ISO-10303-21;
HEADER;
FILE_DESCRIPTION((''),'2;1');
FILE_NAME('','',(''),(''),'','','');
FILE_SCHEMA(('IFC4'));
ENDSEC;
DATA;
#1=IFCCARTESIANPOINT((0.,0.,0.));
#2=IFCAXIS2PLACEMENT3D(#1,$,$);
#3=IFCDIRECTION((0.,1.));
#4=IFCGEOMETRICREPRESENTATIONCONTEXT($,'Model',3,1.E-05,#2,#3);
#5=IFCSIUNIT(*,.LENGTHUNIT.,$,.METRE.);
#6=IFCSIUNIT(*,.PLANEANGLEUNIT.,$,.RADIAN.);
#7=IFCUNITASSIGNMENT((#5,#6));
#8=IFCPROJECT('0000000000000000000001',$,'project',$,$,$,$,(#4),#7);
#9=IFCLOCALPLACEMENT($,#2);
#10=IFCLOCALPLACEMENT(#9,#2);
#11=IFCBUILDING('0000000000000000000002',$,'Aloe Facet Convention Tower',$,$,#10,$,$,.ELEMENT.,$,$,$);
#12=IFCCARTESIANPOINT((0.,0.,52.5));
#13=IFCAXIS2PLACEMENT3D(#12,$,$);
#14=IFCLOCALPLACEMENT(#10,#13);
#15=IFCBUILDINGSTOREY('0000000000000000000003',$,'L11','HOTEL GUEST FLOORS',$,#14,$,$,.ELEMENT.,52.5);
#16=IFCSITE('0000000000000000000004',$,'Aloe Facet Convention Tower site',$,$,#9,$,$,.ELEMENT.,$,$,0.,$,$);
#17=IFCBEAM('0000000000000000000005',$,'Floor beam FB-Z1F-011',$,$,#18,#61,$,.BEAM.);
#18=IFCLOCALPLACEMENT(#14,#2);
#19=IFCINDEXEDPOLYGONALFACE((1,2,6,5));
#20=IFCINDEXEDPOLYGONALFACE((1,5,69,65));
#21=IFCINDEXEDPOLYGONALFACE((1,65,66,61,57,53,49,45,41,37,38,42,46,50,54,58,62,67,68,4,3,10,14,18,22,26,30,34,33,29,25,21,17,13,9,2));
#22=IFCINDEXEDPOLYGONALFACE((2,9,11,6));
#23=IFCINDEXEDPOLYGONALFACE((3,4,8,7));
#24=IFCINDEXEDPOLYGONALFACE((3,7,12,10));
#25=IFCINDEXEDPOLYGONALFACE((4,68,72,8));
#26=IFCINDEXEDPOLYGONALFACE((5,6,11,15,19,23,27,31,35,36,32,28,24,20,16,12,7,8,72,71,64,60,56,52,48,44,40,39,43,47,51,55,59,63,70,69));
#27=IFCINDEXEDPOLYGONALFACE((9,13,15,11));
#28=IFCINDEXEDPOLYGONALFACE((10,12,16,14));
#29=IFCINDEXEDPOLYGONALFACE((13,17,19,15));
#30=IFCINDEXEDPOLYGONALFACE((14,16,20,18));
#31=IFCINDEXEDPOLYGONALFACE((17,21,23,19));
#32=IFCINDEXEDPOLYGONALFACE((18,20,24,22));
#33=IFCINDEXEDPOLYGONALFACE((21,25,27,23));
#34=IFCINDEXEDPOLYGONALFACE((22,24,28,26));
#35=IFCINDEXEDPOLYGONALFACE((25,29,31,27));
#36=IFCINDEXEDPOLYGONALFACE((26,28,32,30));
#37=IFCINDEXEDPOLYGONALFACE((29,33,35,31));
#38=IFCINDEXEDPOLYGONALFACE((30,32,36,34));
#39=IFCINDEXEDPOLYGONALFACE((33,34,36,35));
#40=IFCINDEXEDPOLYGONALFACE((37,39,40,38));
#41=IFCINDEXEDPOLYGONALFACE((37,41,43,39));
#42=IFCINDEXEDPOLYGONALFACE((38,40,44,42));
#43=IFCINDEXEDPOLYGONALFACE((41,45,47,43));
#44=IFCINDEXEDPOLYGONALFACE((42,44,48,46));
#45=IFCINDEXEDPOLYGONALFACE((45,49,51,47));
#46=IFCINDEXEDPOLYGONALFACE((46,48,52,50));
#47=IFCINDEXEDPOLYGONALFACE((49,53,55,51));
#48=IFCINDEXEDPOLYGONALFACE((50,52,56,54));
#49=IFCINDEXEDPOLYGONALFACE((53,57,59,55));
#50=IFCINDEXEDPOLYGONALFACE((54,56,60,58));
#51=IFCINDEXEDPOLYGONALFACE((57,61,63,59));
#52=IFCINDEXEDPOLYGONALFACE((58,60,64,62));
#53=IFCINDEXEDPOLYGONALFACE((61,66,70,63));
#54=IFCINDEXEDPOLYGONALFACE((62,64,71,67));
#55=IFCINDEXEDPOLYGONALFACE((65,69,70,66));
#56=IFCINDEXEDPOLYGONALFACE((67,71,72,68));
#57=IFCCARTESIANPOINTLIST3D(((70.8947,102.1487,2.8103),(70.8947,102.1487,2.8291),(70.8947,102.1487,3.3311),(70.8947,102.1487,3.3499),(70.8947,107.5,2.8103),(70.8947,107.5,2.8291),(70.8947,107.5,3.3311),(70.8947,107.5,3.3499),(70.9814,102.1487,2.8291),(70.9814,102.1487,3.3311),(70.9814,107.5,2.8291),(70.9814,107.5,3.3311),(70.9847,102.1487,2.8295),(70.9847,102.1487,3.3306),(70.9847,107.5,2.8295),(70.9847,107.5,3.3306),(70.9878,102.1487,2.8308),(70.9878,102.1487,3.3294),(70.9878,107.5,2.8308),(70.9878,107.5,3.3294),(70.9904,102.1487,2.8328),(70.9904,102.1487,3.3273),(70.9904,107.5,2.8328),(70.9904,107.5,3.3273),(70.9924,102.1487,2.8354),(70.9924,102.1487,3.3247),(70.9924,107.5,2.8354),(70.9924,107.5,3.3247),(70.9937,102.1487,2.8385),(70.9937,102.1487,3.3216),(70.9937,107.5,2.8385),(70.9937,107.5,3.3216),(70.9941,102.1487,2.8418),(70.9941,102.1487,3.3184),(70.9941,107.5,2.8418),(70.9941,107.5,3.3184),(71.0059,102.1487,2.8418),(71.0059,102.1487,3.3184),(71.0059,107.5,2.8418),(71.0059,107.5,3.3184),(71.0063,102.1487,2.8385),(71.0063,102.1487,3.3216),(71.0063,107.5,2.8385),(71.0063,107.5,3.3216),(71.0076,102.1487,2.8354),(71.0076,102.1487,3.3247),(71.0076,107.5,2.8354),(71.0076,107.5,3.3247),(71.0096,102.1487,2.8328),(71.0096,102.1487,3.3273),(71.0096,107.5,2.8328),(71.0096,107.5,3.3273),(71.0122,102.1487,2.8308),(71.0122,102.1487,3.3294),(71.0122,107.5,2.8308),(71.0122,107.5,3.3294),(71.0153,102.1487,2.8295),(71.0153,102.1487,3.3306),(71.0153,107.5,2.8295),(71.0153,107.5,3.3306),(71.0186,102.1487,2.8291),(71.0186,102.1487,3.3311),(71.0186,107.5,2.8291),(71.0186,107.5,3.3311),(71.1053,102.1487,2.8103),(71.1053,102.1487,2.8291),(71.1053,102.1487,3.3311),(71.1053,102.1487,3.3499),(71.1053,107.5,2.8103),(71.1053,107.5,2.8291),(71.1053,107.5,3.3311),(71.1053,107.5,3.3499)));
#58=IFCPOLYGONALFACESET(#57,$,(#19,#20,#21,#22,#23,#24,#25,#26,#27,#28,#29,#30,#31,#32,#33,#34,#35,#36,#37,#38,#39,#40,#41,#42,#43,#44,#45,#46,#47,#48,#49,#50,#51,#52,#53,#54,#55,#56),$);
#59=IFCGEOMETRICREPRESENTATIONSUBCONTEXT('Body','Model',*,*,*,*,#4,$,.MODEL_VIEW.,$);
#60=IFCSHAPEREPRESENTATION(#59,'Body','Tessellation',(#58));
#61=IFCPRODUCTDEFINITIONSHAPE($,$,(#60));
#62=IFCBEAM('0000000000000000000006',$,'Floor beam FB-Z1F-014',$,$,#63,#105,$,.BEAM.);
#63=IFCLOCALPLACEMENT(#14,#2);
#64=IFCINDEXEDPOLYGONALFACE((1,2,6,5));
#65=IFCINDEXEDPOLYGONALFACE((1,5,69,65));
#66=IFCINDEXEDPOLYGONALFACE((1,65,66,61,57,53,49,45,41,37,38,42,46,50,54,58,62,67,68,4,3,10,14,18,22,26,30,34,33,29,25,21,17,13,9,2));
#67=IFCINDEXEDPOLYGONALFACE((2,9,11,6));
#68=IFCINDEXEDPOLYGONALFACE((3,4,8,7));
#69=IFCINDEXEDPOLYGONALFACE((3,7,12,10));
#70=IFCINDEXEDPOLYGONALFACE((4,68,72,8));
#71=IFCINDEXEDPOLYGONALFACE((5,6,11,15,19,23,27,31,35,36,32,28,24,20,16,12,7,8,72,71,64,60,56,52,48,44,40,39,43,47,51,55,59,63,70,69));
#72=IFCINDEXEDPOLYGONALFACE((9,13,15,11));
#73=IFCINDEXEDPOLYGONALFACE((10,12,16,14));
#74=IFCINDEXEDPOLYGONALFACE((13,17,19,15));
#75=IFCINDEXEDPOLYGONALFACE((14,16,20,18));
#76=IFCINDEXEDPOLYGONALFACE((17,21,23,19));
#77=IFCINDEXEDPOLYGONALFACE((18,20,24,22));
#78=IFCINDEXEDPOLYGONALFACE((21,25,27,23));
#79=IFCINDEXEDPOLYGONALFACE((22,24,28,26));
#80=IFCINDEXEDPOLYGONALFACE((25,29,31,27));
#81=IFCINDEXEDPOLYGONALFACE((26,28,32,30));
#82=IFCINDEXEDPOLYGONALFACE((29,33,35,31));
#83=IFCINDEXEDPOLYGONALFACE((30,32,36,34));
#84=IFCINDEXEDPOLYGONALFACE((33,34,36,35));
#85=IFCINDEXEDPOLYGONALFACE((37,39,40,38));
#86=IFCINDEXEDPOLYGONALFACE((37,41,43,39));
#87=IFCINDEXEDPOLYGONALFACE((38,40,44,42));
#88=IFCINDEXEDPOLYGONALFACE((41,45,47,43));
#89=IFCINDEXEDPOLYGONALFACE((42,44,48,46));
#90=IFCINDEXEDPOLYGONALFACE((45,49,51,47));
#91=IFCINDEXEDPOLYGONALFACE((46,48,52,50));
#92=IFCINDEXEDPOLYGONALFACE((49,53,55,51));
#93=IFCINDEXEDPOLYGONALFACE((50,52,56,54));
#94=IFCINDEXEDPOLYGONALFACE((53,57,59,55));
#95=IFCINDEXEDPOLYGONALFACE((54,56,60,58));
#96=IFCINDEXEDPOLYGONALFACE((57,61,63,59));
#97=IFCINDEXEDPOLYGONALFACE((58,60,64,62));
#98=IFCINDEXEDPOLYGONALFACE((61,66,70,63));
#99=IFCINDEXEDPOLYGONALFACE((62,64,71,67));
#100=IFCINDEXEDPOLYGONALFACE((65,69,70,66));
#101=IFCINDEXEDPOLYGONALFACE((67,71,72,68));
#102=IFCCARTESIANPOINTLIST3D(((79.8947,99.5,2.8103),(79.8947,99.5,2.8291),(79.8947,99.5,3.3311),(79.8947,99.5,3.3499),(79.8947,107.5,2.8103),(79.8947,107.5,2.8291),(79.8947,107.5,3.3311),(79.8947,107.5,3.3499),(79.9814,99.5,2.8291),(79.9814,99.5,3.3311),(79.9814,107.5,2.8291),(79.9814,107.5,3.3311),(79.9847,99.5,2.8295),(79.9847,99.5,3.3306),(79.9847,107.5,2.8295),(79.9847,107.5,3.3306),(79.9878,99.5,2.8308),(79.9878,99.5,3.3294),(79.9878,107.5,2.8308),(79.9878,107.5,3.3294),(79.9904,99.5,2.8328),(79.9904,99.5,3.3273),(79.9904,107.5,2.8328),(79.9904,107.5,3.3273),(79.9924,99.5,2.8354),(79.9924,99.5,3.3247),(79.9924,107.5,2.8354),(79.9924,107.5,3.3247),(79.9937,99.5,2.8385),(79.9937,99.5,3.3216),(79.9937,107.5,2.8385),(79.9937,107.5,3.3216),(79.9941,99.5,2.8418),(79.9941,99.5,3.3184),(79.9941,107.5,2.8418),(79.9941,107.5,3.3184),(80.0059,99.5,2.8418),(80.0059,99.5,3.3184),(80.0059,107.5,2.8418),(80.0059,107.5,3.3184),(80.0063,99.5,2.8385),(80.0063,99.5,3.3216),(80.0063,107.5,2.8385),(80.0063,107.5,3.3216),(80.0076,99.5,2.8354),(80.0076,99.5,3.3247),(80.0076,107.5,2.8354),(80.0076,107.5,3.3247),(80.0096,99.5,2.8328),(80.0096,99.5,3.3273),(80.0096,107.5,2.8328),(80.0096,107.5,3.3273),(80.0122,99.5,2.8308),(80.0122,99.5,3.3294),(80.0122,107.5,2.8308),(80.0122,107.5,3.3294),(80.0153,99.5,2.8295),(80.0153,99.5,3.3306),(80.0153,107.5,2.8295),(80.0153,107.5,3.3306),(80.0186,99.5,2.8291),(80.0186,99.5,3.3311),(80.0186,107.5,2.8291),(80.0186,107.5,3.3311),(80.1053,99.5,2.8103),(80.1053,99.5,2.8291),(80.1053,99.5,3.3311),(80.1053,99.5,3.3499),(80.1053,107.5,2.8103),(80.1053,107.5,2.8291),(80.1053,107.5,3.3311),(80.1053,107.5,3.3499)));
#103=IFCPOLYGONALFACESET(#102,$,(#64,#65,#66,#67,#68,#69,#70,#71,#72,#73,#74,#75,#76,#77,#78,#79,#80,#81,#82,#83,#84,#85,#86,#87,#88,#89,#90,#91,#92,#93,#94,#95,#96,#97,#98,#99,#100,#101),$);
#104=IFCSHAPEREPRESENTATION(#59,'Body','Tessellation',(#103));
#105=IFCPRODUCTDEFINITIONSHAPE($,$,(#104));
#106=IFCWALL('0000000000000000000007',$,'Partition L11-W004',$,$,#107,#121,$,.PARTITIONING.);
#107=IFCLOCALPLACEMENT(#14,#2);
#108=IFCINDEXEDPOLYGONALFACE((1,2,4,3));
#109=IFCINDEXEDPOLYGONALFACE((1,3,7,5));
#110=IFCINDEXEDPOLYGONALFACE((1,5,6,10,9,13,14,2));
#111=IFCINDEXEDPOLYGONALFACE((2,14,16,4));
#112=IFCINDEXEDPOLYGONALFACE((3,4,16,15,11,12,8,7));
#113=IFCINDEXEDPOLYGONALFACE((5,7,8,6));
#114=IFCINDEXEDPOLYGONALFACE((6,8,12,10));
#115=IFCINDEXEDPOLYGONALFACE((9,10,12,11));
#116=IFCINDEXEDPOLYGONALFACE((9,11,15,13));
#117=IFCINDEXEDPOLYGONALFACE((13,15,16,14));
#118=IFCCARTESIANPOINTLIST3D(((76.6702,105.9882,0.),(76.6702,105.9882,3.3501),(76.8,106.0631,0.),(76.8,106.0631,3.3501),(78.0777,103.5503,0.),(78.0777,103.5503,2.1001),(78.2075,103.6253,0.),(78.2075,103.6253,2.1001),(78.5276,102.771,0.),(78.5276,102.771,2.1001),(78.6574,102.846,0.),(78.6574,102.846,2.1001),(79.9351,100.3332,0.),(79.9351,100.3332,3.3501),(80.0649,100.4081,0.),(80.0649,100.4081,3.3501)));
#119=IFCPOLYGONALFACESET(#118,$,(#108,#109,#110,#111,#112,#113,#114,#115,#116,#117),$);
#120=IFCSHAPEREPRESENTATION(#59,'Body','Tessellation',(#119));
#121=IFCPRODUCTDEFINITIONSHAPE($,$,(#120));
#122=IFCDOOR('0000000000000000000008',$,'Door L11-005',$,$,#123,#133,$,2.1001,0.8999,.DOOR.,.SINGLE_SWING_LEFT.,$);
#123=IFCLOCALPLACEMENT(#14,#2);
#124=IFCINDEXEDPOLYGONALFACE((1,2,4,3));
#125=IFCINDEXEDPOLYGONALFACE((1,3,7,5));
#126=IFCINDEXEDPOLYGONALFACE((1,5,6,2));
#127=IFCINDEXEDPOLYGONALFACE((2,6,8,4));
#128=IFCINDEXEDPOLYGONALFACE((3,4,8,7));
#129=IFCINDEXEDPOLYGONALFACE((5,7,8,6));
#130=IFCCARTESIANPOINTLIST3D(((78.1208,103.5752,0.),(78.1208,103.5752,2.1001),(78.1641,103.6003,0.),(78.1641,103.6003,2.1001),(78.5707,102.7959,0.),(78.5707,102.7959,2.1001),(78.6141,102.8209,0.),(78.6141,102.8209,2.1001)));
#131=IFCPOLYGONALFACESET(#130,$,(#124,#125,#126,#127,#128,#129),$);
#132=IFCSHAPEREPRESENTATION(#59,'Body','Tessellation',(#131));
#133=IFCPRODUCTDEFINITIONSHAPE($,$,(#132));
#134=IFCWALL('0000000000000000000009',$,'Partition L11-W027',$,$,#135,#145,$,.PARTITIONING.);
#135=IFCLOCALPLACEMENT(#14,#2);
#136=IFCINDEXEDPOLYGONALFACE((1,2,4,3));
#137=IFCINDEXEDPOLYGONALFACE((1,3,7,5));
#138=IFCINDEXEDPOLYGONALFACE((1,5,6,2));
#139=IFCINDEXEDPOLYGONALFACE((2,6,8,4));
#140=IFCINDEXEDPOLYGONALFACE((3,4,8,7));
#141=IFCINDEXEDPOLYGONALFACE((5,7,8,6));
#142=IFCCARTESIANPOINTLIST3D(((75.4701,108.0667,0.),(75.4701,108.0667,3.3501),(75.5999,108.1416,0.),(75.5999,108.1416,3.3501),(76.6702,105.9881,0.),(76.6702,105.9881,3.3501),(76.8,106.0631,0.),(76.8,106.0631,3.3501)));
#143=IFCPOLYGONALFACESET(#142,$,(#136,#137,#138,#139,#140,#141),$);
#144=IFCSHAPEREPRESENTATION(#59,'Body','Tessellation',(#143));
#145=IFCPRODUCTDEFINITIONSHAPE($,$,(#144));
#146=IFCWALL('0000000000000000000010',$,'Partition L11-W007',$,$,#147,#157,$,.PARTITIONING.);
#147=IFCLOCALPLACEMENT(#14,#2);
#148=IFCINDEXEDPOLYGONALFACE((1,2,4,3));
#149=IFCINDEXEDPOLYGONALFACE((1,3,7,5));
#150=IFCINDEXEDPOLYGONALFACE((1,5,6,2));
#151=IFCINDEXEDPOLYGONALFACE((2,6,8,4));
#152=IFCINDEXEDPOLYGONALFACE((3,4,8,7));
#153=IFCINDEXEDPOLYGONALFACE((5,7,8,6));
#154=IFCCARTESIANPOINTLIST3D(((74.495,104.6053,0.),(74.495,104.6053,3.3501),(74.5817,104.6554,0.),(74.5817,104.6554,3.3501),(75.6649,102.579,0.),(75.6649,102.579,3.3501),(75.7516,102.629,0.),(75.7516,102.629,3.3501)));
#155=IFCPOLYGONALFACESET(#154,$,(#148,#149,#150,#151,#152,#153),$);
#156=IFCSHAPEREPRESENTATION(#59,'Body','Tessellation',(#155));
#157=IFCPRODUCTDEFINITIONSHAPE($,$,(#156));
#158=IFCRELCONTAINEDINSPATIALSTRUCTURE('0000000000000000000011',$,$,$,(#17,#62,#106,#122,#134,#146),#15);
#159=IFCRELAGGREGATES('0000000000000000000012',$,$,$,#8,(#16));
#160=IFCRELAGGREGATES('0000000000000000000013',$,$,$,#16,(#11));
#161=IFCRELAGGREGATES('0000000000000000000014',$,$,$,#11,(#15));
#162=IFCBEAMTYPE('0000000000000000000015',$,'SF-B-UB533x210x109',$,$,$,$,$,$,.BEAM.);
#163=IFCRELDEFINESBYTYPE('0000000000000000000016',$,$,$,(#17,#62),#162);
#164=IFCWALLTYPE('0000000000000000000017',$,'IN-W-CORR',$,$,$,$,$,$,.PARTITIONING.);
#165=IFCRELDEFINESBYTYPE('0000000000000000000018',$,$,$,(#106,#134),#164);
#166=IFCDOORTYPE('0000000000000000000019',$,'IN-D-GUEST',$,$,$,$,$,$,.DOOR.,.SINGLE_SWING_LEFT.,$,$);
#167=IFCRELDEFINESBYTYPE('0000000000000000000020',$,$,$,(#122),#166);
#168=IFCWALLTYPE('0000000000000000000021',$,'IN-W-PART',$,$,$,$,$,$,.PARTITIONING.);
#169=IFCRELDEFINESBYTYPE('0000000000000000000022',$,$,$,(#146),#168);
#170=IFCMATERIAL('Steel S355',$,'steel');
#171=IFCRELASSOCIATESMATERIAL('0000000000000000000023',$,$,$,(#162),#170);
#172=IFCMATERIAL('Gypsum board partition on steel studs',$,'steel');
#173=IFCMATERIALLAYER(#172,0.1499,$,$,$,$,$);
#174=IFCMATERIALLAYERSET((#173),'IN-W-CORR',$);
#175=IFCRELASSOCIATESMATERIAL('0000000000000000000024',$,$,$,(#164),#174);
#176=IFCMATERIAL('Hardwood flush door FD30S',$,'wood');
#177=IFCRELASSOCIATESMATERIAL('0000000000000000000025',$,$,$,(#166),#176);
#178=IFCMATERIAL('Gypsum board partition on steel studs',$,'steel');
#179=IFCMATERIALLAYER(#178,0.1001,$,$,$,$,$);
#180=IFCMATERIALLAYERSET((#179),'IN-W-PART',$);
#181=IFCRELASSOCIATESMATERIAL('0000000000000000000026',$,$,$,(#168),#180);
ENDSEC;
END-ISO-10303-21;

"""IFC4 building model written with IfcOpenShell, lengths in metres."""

from ifc_helpers import new_model, si_unit, direction, frame, frame_2d, origin, origin_2d, place, context, subcontext, project, spatial, rectangle, i_section, extrude, material, layer, layer_set, material_profile, profile_set, type_object, element, fill, save


model = new_model("IFC4")

# Units and contexts
model_context = context("Model", 3, precision=1e-05, world=origin(), true_north=direction((0.0, 1.0)))
body_context = subcontext(model_context, "Body", "Model", "MODEL_VIEW")
ifc_project = project(units=[si_unit("LENGTHUNIT", "METRE"), si_unit("PLANEANGLEUNIT", "RADIAN")], contexts=[model_context])

# Site, building, storey
site_placement = place(None, origin())
site = spatial("IfcSite", under=ifc_project, at=site_placement, Name="Aloe Facet Convention Tower site", CompositionType="ELEMENT", RefElevation=0.0)
building_placement = place(site_placement, origin())
building = spatial("IfcBuilding", under=site, at=building_placement, Name="Aloe Facet Convention Tower", CompositionType="ELEMENT")
storey_placement = place(building_placement, frame((0.0, 0.0, 52.5)))
storey = spatial("IfcBuildingStorey", under=building, at=storey_placement, Name="L11", Description="HOTEL GUEST FLOORS", CompositionType="ELEMENT", Elevation=52.5)

# Beams
ifc_material_1 = material(Name="Steel S355", Category="steel")
ifc_material_profile_1 = material_profile(ifc_material_1, i_section(OverallWidth=0.2107, OverallDepth=0.5396, WebThickness=0.0117, FlangeThickness=0.0188, FilletRadius=0.0127, at=origin_2d()), Name="UB 533x210x109")
ifc_profile_set_1 = profile_set([ifc_material_profile_1], Name="Steel S355")
beam_type_1 = type_object("IfcBeamType", Name="SF-B-UB533x210x109", PredefinedType="BEAM", material=ifc_profile_set_1)
beam_1_placement = place(storey_placement, frame((71.0, 107.5, 3.0801), z_axis=(0.0, -1.0, 0.0), x_axis=(1.0, 0.0, 0.0)))
element("IfcBeam", 1, at=beam_1_placement, inside=storey, type_object=beam_type_1, Name="Floor beam FB-Z1F-011", PredefinedType="BEAM", context=body_context, shape_type="SweptSolid", body=[
    extrude(i_section(OverallWidth=0.2107, OverallDepth=0.5396, WebThickness=0.0117, FlangeThickness=0.0188, FilletRadius=0.0127, at=origin_2d()), origin(), (0.0, 0.0, 1.0), 5.3513),
])
beam_2_placement = place(storey_placement, frame((80.0, 107.5, 3.0801), z_axis=(0.0, -1.0, 0.0), x_axis=(1.0, 0.0, 0.0)))
element("IfcBeam", 2, at=beam_2_placement, inside=storey, type_object=beam_type_1, Name="Floor beam FB-Z1F-014", PredefinedType="BEAM", context=body_context, shape_type="SweptSolid", body=[
    extrude(i_section(OverallWidth=0.2107, OverallDepth=0.5396, WebThickness=0.0117, FlangeThickness=0.0188, FilletRadius=0.0127, at=origin_2d()), origin(), (0.0, 0.0, 1.0), 8.0),
])

# Wall, opening, door
ifc_material_2 = material(Name="Gypsum board partition on steel studs", Category="steel")
ifc_layer_1 = layer(ifc_material_2, 0.1499)
ifc_layer_set_1 = layer_set([ifc_layer_1], Name="IN-W-CORR")
wall_type_1 = type_object("IfcWallType", Name="IN-W-CORR", PredefinedType="PARTITIONING", material=ifc_layer_set_1)
wall_1_placement = place(storey_placement, frame((76.7351, 106.0256, 0.0), z_axis=(0.0, 0.0, 1.0), x_axis=(0.499995, -0.866028, 0.0)))
wall_1 = element("IfcWall", 3, at=wall_1_placement, inside=storey, type_object=wall_type_1, Name="Partition L11-W004", PredefinedType="PARTITIONING", context=body_context, shape_type="SweptSolid", body=[
    extrude(rectangle(XDim=6.5298, YDim=0.1499, at=frame_2d((3.2649, 0.0))), origin(), (0.0, 0.0, 1.0), 3.3501),
])
opening_1_placement = place(wall_1_placement, frame((2.8149, 0.0, 0.0)))
opening_1 = element("IfcOpeningElement", 4, at=opening_1_placement, cuts=wall_1, PredefinedType="OPENING", context=body_context, shape_type="SweptSolid", body=[
    extrude(rectangle(XDim=0.8999, YDim=2.1001, at=frame_2d((0.45, 1.05))), frame((0.0, 0.085, 0.0), z_axis=(0.0, -1.0, 0.0), x_axis=(1.0, 0.0, 0.0)), (0.0, 0.0, 1.0), 0.1699),
])
ifc_material_3 = material(Name="Hardwood flush door FD30S", Category="wood")
door_type_1 = type_object("IfcDoorType", Name="IN-D-GUEST", OperationType="SINGLE_SWING_LEFT", PredefinedType="DOOR", material=ifc_material_3)
door_1_placement = place(opening_1_placement, origin())
door_1 = element("IfcDoor", 5, at=door_1_placement, inside=storey, type_object=door_type_1, Name="Door L11-005", OperationType="SINGLE_SWING_LEFT", OverallHeight=2.1001, OverallWidth=0.8999, PredefinedType="DOOR", context=body_context, shape_type="SweptSolid", body=[
    extrude(rectangle(XDim=0.8999, YDim=2.1001, at=frame_2d((0.45, 1.05))), frame((0.0, 0.0249, 0.0), z_axis=(0.0, -1.0, 0.0), x_axis=(1.0, 0.0, 0.0)), (0.0, 0.0, 1.0), 0.05),
])
fill(opening_1, door_1)

# Walls
wall_2_placement = place(storey_placement, frame((75.5349, 108.1042, 0.0), z_axis=(0.0, 0.0, 1.0), x_axis=(0.500034, -0.866006, 0.0)))
element("IfcWall", 6, at=wall_2_placement, inside=storey, type_object=wall_type_1, Name="Partition L11-W027", PredefinedType="PARTITIONING", context=body_context, shape_type="SweptSolid", body=[
    extrude(rectangle(XDim=2.4001, YDim=0.1499, at=frame_2d((1.2002, 0.0))), origin(), (0.0, 0.0, 1.0), 3.3501),
])
ifc_material_4 = material(Name="Gypsum board partition on steel studs", Category="steel")
ifc_layer_2 = layer(ifc_material_4, 0.1001)
ifc_layer_set_2 = layer_set([ifc_layer_2], Name="IN-W-PART")
wall_type_2 = type_object("IfcWallType", Name="IN-W-PART", PredefinedType="PARTITIONING", material=ifc_layer_set_2)
wall_3_placement = place(storey_placement, frame((74.5383, 104.6304, 0.0), z_axis=(0.0, 0.0, 1.0), x_axis=(0.499999, -0.866026, 0.0)))
element("IfcWall", 7, at=wall_3_placement, inside=storey, type_object=wall_type_2, Name="Partition L11-W007", PredefinedType="PARTITIONING", context=body_context, shape_type="SweptSolid", body=[
    extrude(rectangle(XDim=2.3398, YDim=0.1001, at=frame_2d((1.1699, 0.0))), origin(), (0.0, 0.0, 1.0), 3.3501),
])

save(model, "model.ifc")
